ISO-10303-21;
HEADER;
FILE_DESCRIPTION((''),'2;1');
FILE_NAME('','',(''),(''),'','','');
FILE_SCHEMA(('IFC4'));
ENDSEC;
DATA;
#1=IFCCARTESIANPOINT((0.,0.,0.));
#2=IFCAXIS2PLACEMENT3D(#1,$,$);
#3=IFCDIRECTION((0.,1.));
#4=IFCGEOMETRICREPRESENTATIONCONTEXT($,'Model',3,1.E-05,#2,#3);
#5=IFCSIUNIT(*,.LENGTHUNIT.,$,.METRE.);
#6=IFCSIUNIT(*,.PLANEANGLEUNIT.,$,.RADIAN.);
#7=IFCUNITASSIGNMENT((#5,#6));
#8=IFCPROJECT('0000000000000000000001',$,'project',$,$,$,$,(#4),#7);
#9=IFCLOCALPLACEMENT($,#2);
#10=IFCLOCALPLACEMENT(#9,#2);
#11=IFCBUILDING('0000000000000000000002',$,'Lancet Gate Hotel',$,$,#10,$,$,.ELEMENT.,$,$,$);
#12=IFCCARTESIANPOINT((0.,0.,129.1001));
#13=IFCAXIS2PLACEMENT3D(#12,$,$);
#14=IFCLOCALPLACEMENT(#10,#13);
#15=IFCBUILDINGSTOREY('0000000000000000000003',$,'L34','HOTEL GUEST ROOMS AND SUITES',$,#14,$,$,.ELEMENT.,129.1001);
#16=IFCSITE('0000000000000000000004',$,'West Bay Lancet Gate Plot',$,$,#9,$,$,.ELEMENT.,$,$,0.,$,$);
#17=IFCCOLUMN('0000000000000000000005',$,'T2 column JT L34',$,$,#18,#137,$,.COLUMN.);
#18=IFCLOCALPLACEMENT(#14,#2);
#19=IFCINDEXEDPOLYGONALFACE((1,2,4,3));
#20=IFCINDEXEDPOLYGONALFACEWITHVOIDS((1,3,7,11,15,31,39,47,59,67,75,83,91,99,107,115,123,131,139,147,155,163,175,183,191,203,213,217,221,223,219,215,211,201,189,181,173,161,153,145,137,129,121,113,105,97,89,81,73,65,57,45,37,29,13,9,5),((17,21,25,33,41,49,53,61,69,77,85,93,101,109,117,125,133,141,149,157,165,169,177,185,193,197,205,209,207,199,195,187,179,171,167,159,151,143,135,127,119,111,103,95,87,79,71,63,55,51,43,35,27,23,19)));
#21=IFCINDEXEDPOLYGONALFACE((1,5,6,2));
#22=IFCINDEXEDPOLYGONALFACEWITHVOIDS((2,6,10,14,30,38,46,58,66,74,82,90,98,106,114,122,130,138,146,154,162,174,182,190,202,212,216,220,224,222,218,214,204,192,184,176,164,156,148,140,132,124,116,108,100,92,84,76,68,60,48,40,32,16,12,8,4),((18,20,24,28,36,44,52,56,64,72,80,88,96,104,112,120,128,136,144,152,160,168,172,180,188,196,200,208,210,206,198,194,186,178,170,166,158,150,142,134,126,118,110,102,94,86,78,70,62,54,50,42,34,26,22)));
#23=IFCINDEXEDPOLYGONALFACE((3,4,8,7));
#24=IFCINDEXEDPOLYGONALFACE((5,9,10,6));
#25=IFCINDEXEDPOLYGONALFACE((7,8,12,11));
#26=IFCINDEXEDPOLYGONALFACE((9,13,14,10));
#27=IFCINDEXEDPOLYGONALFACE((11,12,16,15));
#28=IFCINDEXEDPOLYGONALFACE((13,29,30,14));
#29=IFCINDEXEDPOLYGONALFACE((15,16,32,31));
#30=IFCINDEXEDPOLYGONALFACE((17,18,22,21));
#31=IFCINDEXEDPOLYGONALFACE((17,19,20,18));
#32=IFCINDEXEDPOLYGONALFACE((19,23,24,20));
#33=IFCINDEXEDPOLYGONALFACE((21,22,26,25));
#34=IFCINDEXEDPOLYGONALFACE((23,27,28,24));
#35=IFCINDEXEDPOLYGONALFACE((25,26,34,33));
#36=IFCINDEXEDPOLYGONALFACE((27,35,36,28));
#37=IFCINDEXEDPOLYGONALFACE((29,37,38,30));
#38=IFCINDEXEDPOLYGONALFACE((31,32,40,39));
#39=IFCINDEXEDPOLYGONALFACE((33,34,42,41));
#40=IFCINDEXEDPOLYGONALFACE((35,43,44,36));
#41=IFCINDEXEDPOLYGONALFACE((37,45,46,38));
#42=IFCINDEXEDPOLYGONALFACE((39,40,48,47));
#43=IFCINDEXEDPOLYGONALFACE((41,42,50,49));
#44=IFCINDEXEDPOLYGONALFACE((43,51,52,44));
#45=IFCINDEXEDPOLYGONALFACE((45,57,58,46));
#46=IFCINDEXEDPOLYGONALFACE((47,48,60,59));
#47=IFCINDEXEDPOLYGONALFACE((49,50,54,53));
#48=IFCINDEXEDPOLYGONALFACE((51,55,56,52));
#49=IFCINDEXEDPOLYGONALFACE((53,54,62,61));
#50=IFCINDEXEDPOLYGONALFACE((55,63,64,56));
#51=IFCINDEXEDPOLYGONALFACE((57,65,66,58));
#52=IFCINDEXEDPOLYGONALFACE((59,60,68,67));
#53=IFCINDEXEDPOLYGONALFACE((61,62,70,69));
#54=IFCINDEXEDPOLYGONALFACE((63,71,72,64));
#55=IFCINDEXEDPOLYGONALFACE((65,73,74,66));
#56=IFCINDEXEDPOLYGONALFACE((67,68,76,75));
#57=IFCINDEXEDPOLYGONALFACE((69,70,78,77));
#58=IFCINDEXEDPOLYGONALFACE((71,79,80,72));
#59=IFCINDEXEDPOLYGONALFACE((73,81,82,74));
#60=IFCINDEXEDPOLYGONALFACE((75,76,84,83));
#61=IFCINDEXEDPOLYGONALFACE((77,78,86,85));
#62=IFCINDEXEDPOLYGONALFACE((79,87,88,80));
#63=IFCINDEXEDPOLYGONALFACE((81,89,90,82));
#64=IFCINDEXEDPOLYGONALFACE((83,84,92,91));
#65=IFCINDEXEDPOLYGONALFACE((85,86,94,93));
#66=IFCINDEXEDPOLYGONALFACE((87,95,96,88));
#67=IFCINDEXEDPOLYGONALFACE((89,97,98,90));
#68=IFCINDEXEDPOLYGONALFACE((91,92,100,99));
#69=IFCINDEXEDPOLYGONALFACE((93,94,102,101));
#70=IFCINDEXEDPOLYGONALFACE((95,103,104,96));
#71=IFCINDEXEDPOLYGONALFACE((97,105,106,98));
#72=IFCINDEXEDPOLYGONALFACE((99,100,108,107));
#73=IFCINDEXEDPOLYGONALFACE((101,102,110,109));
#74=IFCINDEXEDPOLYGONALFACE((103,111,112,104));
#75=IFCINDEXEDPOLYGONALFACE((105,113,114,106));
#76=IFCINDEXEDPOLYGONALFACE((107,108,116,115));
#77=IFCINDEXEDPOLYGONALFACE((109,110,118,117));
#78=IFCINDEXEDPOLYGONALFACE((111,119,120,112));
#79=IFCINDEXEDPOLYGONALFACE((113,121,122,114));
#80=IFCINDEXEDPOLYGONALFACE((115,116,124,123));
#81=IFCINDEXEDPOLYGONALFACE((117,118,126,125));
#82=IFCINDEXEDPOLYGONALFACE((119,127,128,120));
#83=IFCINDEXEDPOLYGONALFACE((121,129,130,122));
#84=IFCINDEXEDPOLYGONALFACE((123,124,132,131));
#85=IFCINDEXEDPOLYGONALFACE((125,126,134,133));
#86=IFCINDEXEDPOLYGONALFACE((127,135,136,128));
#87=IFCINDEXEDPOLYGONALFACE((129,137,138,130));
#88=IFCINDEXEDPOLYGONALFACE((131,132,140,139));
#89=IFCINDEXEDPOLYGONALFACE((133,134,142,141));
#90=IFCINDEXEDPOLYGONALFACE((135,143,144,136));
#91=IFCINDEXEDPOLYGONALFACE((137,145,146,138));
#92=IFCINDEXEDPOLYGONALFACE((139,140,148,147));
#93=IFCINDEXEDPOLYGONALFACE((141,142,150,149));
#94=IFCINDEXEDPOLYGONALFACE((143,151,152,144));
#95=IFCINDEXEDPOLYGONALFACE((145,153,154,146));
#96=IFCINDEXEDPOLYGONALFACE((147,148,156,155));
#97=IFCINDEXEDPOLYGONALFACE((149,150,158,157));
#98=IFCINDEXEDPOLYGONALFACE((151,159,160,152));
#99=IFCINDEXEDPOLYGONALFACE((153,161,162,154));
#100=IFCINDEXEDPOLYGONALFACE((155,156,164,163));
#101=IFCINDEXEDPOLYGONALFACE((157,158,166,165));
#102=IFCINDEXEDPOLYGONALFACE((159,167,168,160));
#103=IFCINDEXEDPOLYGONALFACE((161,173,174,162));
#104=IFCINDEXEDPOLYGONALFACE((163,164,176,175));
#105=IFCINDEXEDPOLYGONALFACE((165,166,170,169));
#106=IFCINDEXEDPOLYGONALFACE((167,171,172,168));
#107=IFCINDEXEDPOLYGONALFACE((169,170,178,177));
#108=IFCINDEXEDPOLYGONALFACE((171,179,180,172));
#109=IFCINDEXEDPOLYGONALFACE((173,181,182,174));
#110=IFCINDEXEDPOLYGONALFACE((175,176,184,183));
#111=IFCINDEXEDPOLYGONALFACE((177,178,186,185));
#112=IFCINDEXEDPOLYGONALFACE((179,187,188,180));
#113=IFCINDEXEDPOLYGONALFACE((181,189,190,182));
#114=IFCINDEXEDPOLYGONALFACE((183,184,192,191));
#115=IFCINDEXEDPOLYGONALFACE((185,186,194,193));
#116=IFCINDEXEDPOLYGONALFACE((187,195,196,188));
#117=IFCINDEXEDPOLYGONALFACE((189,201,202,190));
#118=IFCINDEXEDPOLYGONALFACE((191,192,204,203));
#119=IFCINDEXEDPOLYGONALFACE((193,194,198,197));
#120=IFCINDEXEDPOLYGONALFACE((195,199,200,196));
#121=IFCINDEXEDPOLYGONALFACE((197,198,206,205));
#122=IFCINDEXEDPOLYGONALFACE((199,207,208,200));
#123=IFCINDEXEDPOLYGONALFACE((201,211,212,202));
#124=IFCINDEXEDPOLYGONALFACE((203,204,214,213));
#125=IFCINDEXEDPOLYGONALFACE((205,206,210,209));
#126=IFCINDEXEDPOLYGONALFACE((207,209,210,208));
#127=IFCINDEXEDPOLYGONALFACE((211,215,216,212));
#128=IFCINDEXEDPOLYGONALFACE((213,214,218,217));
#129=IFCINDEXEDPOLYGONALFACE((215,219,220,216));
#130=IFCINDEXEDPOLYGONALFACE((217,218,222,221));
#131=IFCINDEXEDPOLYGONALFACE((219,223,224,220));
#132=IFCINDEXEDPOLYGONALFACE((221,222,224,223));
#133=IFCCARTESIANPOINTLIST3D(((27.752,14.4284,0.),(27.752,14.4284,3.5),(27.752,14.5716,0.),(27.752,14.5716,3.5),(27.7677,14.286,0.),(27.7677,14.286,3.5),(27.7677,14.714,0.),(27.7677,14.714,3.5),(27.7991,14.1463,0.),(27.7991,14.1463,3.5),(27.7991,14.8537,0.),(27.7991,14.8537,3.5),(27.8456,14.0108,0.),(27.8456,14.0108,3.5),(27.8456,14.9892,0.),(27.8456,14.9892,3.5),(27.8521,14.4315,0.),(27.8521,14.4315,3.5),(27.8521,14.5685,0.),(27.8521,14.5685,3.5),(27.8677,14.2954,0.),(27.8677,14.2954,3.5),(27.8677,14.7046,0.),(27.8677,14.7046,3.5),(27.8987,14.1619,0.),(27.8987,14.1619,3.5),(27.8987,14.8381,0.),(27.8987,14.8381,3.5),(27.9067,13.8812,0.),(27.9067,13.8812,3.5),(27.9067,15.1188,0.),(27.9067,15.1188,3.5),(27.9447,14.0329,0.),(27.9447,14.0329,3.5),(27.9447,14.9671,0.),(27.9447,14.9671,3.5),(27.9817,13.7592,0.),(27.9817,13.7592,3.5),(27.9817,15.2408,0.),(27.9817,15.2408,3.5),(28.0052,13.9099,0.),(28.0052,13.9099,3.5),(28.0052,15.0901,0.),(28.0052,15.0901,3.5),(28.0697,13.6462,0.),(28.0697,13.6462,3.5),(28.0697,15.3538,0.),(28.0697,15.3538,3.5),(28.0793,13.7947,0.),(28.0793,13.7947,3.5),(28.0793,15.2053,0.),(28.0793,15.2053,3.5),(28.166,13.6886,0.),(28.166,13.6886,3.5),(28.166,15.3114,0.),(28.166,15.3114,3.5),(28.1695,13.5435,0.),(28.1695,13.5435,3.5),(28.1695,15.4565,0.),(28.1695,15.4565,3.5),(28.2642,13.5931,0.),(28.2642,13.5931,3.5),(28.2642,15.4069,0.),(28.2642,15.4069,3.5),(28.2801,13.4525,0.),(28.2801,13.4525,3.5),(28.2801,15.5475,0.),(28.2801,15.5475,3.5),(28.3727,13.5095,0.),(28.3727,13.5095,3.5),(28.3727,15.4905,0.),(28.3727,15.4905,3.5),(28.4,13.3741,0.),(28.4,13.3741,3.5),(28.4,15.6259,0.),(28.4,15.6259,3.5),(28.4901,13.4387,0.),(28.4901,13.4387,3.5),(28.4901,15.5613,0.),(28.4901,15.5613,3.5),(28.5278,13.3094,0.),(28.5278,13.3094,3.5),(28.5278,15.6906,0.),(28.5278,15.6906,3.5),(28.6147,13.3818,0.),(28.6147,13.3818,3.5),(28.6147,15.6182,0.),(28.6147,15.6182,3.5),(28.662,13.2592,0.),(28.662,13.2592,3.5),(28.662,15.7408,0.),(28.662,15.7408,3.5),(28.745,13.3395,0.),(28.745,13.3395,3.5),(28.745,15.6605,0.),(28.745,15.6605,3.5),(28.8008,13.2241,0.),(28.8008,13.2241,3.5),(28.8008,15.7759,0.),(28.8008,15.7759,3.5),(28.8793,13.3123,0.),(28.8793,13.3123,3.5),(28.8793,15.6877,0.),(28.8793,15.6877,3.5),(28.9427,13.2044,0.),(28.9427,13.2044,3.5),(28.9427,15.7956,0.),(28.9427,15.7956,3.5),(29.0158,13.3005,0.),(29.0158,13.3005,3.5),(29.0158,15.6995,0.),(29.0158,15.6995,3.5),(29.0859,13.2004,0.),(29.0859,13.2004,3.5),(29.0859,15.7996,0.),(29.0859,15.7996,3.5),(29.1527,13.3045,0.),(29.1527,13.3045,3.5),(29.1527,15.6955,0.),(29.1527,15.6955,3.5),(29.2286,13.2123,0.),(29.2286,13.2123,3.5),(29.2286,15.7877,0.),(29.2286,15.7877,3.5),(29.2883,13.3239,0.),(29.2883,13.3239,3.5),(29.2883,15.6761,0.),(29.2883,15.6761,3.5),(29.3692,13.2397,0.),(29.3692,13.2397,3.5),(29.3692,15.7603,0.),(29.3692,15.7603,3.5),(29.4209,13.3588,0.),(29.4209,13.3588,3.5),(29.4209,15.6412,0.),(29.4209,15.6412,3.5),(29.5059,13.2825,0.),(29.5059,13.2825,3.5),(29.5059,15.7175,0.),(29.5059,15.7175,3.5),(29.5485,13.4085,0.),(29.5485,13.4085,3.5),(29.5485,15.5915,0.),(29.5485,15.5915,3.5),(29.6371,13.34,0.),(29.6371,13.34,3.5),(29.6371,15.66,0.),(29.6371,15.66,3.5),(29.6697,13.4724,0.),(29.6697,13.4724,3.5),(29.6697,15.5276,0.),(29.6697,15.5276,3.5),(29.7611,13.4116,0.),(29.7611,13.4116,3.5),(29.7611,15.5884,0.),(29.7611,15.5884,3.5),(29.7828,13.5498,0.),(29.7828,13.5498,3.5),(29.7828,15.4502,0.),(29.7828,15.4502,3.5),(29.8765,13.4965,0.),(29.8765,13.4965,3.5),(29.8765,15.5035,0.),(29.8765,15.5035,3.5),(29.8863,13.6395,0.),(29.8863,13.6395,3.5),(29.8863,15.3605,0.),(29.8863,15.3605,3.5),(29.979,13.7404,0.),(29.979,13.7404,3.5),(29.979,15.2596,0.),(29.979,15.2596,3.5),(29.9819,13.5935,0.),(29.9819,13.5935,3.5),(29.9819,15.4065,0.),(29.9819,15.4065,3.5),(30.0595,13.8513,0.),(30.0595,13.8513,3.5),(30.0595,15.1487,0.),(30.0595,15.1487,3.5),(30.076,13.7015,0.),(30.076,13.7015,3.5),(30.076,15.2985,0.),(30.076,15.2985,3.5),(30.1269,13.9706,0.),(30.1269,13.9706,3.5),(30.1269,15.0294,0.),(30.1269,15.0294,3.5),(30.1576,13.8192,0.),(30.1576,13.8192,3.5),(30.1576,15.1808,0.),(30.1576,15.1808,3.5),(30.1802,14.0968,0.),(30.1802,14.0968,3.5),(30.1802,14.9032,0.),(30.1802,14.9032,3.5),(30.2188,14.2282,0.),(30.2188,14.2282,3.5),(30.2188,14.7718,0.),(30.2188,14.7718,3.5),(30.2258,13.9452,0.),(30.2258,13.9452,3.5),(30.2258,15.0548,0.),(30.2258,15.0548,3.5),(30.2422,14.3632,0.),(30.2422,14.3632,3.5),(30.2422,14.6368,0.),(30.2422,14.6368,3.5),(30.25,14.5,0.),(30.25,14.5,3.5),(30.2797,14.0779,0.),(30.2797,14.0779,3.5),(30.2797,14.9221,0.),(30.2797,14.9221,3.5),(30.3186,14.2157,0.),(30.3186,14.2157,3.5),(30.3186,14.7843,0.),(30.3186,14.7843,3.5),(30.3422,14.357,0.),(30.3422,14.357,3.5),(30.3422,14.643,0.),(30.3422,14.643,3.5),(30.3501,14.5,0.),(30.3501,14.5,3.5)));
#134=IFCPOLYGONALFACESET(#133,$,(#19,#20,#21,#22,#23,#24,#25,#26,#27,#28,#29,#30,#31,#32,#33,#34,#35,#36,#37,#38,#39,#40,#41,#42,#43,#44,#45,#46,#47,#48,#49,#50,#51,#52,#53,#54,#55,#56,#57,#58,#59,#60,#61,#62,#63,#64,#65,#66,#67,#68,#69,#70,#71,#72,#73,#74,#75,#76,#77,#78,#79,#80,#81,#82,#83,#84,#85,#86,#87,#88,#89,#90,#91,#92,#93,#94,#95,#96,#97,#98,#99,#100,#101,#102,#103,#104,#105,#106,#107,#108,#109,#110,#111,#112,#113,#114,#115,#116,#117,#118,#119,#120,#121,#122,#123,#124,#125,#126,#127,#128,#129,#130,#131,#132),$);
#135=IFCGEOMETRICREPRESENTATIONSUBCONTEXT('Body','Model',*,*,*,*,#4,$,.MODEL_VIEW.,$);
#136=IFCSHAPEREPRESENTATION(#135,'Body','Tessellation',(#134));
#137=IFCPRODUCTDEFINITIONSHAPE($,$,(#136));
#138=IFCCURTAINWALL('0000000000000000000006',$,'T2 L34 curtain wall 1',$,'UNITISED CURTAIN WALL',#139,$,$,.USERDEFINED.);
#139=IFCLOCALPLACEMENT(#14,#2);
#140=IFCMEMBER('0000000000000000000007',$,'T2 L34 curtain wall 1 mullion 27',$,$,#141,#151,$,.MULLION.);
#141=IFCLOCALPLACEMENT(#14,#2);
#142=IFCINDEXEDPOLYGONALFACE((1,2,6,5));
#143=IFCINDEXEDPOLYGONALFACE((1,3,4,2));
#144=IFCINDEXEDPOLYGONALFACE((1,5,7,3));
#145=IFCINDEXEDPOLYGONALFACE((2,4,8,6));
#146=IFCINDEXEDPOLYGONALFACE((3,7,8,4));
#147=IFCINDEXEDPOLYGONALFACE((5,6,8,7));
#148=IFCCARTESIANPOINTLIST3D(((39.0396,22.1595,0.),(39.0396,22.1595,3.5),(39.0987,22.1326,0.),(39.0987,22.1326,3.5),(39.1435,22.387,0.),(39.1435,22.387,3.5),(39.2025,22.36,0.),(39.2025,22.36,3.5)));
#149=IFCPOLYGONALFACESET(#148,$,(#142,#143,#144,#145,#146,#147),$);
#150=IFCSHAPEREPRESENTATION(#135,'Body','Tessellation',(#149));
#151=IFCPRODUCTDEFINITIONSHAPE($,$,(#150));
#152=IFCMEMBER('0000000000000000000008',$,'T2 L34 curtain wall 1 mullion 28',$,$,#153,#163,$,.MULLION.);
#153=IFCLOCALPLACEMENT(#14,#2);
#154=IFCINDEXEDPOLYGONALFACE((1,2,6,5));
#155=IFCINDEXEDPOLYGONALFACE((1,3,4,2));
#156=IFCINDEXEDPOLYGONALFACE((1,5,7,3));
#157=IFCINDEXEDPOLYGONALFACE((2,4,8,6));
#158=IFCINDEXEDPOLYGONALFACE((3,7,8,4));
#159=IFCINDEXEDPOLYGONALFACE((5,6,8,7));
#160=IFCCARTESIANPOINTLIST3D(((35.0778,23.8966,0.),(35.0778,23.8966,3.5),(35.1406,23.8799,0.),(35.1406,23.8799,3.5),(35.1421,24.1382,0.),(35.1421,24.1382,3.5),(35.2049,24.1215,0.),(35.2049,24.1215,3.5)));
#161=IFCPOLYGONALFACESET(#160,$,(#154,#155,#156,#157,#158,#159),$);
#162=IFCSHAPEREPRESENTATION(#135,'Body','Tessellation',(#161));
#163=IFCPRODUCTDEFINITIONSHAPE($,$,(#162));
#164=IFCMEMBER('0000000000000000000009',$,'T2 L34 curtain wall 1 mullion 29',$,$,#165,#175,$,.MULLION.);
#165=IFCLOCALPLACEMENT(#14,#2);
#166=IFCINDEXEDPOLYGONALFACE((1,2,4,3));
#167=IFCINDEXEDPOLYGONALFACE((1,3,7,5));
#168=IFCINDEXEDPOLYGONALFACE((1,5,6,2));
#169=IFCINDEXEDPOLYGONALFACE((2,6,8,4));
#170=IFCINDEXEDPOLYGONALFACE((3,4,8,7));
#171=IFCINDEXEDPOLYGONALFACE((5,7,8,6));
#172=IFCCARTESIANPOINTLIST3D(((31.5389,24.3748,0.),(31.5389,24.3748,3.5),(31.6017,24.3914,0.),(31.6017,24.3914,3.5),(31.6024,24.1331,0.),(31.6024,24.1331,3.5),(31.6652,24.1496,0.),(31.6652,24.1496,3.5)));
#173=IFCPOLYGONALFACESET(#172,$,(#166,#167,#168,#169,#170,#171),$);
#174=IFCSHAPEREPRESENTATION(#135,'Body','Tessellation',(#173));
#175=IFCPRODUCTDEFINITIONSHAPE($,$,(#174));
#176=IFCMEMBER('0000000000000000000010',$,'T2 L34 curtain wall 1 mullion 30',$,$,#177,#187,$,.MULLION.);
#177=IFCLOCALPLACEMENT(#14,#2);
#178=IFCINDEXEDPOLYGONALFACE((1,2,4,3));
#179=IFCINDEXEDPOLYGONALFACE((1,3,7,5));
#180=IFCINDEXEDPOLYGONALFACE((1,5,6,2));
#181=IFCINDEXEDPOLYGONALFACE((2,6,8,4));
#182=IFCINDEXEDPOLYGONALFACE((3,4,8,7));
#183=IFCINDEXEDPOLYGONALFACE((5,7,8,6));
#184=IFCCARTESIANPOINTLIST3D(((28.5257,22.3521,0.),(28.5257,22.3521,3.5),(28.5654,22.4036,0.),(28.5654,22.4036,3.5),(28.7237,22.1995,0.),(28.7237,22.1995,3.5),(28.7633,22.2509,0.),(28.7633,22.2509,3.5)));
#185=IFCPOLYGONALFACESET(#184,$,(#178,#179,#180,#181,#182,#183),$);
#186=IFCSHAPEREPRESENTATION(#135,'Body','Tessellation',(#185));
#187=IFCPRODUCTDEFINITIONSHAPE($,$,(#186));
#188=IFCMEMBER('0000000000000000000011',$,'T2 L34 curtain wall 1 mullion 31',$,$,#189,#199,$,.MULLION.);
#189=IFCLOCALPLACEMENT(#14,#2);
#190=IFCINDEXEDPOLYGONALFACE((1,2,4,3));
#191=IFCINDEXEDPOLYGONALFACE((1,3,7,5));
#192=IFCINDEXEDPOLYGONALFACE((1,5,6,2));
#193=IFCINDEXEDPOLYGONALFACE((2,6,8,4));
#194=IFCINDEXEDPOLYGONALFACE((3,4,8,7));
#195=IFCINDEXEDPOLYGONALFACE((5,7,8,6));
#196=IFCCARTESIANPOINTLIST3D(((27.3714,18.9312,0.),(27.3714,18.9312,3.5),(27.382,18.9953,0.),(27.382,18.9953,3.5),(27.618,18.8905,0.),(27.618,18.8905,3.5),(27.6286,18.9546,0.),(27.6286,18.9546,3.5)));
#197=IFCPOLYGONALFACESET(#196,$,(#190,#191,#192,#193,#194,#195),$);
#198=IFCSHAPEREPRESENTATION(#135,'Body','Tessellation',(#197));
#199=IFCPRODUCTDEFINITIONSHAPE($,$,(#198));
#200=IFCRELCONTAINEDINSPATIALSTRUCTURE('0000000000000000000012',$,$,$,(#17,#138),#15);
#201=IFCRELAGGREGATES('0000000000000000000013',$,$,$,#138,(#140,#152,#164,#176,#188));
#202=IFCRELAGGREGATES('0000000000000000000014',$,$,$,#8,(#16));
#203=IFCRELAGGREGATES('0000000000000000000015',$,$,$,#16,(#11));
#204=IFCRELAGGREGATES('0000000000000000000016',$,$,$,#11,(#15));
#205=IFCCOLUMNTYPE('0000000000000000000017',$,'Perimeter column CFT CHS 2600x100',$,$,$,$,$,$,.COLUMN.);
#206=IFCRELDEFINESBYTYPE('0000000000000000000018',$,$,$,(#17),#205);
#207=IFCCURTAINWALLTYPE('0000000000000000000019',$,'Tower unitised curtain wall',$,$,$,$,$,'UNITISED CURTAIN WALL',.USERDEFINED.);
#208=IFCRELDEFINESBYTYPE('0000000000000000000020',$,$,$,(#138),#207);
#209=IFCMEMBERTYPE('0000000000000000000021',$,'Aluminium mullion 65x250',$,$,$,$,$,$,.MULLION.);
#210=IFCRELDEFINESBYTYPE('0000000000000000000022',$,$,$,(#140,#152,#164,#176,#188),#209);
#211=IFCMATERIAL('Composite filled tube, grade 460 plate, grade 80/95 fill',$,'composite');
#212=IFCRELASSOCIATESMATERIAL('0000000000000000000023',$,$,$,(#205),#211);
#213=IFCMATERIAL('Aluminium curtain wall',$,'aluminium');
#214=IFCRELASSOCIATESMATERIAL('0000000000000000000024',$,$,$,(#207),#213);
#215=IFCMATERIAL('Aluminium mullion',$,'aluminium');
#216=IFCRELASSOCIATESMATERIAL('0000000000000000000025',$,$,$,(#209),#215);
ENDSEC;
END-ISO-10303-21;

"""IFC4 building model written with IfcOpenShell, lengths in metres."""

from ifc_helpers import new_model, si_unit, direction, frame, origin, origin_2d, place, context, subcontext, project, spatial, rectangle, hollow_circle, extrude, material, material_profile, profile_set, type_object, element, aggregate, save


model = new_model("IFC4")

# Units and contexts
model_context = context("Model", 3, precision=1e-05, world=origin(), true_north=direction((0.0, 1.0)))
body_context = subcontext(model_context, "Body", "Model", "MODEL_VIEW")
ifc_project = project(units=[si_unit("LENGTHUNIT", "METRE"), si_unit("PLANEANGLEUNIT", "RADIAN")], contexts=[model_context])

# Site, building, storey
site_placement = place(None, origin())
site = spatial("IfcSite", under=ifc_project, at=site_placement, Name="West Bay Lancet Gate Plot", CompositionType="ELEMENT", RefElevation=0.0)
building_placement = place(site_placement, origin())
building = spatial("IfcBuilding", under=site, at=building_placement, Name="Lancet Gate Hotel", CompositionType="ELEMENT")
storey_placement = place(building_placement, frame((0.0, 0.0, 129.1001)))
storey = spatial("IfcBuildingStorey", under=building, at=storey_placement, Name="L34", Description="HOTEL GUEST ROOMS AND SUITES", CompositionType="ELEMENT", Elevation=129.1001)

# Column
ifc_material_1 = material(Name="Composite filled tube, grade 460 plate, grade 80/95 fill", Category="composite")
ifc_material_profile_1 = material_profile(ifc_material_1, hollow_circle(Radius=1.3, WallThickness=0.1001, at=origin_2d()), Name="CHS 2600x100")
ifc_profile_set_1 = profile_set([ifc_material_profile_1], Name="Composite filled tube, grade 460 plate, grade 80/95 fill")
column_type = type_object("IfcColumnType", Name="Perimeter column CFT CHS 2600x100", PredefinedType="COLUMN", material=ifc_profile_set_1)
for number, where, z_axis, x_axis, name in (
    (1, (29.05, 14.5, 0.0), (0.0, 0.0, 1.0), (1.0, 0.0, 0.0), "T2 column JT L34"),
):
    element("IfcColumn", number, at=place(storey_placement, frame(where, z_axis=z_axis, x_axis=x_axis)), inside=storey, type_object=column_type, Name=name, PredefinedType="COLUMN", context=body_context, shape_type="SweptSolid", body=[
        extrude(hollow_circle(Radius=1.3, WallThickness=0.1001, at=origin_2d()), origin(), (0.0, 0.0, 1.0), 3.5),
    ])

# Curtain wall, members
ifc_material_2 = material(Name="Aluminium curtain wall", Category="aluminium")
curtain_wall_type = type_object("IfcCurtainWallType", Name="Tower unitised curtain wall", ElementType="UNITISED CURTAIN WALL", PredefinedType="USERDEFINED", material=ifc_material_2)
curtain_wall_placement = place(storey_placement, origin())
curtain_wall = element("IfcCurtainWall", 2, at=curtain_wall_placement, inside=storey, type_object=curtain_wall_type, Name="T2 L34 curtain wall 1", ObjectType="UNITISED CURTAIN WALL", PredefinedType="USERDEFINED")
ifc_material_3 = material(Name="Aluminium mullion", Category="aluminium")
ifc_material_profile_2 = material_profile(ifc_material_3, rectangle(XDim=0.0649, YDim=0.25, at=origin_2d()), Name="MULLION 65x250")
ifc_profile_set_2 = profile_set([ifc_material_profile_2], Name="Aluminium mullion")
member_type_1 = type_object("IfcMemberType", Name="Aluminium mullion 65x250", PredefinedType="MULLION", material=ifc_profile_set_2)
member_1_placement = place(storey_placement, frame((39.1211, 22.2598, 0.0), z_axis=(0.0, 0.0, 1.0), x_axis=(-0.909673, 0.415326, 0.0)))
member_1 = element("IfcMember", 3, at=member_1_placement, type_object=member_type_1, Name="T2 L34 curtain wall 1 mullion 27", PredefinedType="MULLION", context=body_context, shape_type="SweptSolid", body=[
    extrude(rectangle(XDim=0.0649, YDim=0.25, at=origin_2d()), origin(), (0.0, 0.0, 1.0), 3.5),
])
member_2_placement = place(storey_placement, frame((35.1414, 24.009, 0.0), z_axis=(0.0, 0.0, 1.0), x_axis=(-0.966317, 0.257353, 0.0)))
member_2 = element("IfcMember", 4, at=member_2_placement, type_object=member_type_1, Name="T2 L34 curtain wall 1 mullion 28", PredefinedType="MULLION", context=body_context, shape_type="SweptSolid", body=[
    extrude(rectangle(XDim=0.0649, YDim=0.25, at=origin_2d()), origin(), (0.0, 0.0, 1.0), 3.5),
])
member_3_placement = place(storey_placement, frame((31.6021, 24.2622, 0.0), z_axis=(0.0, 0.0, 1.0), x_axis=(-0.967157, -0.254179, 0.0)))
member_3 = element("IfcMember", 5, at=member_3_placement, type_object=member_type_1, Name="T2 L34 curtain wall 1 mullion 29", PredefinedType="MULLION", context=body_context, shape_type="SweptSolid", body=[
    extrude(rectangle(XDim=0.0649, YDim=0.25, at=origin_2d()), origin(), (0.0, 0.0, 1.0), 3.5),
])
member_4_placement = place(storey_placement, frame((28.6445, 22.3015, 0.0), z_axis=(0.0, 0.0, 1.0), x_axis=(-0.610664, -0.79189, 0.0)))
member_4 = element("IfcMember", 6, at=member_4_placement, type_object=member_type_1, Name="T2 L34 curtain wall 1 mullion 30", PredefinedType="MULLION", context=body_context, shape_type="SweptSolid", body=[
    extrude(rectangle(XDim=0.0649, YDim=0.25, at=origin_2d()), origin(), (0.0, 0.0, 1.0), 3.5),
])
member_5_placement = place(storey_placement, frame((27.5, 18.9429, 0.0), z_axis=(0.0, 0.0, 1.0), x_axis=(-0.162739, -0.986669, 0.0)))
member_5 = element("IfcMember", 7, at=member_5_placement, type_object=member_type_1, Name="T2 L34 curtain wall 1 mullion 31", PredefinedType="MULLION", context=body_context, shape_type="SweptSolid", body=[
    extrude(rectangle(XDim=0.0649, YDim=0.25, at=origin_2d()), origin(), (0.0, 0.0, 1.0), 3.5),
])

aggregate(curtain_wall, [member_1, member_2, member_3, member_4, member_5])

save(model, "model.ifc")
